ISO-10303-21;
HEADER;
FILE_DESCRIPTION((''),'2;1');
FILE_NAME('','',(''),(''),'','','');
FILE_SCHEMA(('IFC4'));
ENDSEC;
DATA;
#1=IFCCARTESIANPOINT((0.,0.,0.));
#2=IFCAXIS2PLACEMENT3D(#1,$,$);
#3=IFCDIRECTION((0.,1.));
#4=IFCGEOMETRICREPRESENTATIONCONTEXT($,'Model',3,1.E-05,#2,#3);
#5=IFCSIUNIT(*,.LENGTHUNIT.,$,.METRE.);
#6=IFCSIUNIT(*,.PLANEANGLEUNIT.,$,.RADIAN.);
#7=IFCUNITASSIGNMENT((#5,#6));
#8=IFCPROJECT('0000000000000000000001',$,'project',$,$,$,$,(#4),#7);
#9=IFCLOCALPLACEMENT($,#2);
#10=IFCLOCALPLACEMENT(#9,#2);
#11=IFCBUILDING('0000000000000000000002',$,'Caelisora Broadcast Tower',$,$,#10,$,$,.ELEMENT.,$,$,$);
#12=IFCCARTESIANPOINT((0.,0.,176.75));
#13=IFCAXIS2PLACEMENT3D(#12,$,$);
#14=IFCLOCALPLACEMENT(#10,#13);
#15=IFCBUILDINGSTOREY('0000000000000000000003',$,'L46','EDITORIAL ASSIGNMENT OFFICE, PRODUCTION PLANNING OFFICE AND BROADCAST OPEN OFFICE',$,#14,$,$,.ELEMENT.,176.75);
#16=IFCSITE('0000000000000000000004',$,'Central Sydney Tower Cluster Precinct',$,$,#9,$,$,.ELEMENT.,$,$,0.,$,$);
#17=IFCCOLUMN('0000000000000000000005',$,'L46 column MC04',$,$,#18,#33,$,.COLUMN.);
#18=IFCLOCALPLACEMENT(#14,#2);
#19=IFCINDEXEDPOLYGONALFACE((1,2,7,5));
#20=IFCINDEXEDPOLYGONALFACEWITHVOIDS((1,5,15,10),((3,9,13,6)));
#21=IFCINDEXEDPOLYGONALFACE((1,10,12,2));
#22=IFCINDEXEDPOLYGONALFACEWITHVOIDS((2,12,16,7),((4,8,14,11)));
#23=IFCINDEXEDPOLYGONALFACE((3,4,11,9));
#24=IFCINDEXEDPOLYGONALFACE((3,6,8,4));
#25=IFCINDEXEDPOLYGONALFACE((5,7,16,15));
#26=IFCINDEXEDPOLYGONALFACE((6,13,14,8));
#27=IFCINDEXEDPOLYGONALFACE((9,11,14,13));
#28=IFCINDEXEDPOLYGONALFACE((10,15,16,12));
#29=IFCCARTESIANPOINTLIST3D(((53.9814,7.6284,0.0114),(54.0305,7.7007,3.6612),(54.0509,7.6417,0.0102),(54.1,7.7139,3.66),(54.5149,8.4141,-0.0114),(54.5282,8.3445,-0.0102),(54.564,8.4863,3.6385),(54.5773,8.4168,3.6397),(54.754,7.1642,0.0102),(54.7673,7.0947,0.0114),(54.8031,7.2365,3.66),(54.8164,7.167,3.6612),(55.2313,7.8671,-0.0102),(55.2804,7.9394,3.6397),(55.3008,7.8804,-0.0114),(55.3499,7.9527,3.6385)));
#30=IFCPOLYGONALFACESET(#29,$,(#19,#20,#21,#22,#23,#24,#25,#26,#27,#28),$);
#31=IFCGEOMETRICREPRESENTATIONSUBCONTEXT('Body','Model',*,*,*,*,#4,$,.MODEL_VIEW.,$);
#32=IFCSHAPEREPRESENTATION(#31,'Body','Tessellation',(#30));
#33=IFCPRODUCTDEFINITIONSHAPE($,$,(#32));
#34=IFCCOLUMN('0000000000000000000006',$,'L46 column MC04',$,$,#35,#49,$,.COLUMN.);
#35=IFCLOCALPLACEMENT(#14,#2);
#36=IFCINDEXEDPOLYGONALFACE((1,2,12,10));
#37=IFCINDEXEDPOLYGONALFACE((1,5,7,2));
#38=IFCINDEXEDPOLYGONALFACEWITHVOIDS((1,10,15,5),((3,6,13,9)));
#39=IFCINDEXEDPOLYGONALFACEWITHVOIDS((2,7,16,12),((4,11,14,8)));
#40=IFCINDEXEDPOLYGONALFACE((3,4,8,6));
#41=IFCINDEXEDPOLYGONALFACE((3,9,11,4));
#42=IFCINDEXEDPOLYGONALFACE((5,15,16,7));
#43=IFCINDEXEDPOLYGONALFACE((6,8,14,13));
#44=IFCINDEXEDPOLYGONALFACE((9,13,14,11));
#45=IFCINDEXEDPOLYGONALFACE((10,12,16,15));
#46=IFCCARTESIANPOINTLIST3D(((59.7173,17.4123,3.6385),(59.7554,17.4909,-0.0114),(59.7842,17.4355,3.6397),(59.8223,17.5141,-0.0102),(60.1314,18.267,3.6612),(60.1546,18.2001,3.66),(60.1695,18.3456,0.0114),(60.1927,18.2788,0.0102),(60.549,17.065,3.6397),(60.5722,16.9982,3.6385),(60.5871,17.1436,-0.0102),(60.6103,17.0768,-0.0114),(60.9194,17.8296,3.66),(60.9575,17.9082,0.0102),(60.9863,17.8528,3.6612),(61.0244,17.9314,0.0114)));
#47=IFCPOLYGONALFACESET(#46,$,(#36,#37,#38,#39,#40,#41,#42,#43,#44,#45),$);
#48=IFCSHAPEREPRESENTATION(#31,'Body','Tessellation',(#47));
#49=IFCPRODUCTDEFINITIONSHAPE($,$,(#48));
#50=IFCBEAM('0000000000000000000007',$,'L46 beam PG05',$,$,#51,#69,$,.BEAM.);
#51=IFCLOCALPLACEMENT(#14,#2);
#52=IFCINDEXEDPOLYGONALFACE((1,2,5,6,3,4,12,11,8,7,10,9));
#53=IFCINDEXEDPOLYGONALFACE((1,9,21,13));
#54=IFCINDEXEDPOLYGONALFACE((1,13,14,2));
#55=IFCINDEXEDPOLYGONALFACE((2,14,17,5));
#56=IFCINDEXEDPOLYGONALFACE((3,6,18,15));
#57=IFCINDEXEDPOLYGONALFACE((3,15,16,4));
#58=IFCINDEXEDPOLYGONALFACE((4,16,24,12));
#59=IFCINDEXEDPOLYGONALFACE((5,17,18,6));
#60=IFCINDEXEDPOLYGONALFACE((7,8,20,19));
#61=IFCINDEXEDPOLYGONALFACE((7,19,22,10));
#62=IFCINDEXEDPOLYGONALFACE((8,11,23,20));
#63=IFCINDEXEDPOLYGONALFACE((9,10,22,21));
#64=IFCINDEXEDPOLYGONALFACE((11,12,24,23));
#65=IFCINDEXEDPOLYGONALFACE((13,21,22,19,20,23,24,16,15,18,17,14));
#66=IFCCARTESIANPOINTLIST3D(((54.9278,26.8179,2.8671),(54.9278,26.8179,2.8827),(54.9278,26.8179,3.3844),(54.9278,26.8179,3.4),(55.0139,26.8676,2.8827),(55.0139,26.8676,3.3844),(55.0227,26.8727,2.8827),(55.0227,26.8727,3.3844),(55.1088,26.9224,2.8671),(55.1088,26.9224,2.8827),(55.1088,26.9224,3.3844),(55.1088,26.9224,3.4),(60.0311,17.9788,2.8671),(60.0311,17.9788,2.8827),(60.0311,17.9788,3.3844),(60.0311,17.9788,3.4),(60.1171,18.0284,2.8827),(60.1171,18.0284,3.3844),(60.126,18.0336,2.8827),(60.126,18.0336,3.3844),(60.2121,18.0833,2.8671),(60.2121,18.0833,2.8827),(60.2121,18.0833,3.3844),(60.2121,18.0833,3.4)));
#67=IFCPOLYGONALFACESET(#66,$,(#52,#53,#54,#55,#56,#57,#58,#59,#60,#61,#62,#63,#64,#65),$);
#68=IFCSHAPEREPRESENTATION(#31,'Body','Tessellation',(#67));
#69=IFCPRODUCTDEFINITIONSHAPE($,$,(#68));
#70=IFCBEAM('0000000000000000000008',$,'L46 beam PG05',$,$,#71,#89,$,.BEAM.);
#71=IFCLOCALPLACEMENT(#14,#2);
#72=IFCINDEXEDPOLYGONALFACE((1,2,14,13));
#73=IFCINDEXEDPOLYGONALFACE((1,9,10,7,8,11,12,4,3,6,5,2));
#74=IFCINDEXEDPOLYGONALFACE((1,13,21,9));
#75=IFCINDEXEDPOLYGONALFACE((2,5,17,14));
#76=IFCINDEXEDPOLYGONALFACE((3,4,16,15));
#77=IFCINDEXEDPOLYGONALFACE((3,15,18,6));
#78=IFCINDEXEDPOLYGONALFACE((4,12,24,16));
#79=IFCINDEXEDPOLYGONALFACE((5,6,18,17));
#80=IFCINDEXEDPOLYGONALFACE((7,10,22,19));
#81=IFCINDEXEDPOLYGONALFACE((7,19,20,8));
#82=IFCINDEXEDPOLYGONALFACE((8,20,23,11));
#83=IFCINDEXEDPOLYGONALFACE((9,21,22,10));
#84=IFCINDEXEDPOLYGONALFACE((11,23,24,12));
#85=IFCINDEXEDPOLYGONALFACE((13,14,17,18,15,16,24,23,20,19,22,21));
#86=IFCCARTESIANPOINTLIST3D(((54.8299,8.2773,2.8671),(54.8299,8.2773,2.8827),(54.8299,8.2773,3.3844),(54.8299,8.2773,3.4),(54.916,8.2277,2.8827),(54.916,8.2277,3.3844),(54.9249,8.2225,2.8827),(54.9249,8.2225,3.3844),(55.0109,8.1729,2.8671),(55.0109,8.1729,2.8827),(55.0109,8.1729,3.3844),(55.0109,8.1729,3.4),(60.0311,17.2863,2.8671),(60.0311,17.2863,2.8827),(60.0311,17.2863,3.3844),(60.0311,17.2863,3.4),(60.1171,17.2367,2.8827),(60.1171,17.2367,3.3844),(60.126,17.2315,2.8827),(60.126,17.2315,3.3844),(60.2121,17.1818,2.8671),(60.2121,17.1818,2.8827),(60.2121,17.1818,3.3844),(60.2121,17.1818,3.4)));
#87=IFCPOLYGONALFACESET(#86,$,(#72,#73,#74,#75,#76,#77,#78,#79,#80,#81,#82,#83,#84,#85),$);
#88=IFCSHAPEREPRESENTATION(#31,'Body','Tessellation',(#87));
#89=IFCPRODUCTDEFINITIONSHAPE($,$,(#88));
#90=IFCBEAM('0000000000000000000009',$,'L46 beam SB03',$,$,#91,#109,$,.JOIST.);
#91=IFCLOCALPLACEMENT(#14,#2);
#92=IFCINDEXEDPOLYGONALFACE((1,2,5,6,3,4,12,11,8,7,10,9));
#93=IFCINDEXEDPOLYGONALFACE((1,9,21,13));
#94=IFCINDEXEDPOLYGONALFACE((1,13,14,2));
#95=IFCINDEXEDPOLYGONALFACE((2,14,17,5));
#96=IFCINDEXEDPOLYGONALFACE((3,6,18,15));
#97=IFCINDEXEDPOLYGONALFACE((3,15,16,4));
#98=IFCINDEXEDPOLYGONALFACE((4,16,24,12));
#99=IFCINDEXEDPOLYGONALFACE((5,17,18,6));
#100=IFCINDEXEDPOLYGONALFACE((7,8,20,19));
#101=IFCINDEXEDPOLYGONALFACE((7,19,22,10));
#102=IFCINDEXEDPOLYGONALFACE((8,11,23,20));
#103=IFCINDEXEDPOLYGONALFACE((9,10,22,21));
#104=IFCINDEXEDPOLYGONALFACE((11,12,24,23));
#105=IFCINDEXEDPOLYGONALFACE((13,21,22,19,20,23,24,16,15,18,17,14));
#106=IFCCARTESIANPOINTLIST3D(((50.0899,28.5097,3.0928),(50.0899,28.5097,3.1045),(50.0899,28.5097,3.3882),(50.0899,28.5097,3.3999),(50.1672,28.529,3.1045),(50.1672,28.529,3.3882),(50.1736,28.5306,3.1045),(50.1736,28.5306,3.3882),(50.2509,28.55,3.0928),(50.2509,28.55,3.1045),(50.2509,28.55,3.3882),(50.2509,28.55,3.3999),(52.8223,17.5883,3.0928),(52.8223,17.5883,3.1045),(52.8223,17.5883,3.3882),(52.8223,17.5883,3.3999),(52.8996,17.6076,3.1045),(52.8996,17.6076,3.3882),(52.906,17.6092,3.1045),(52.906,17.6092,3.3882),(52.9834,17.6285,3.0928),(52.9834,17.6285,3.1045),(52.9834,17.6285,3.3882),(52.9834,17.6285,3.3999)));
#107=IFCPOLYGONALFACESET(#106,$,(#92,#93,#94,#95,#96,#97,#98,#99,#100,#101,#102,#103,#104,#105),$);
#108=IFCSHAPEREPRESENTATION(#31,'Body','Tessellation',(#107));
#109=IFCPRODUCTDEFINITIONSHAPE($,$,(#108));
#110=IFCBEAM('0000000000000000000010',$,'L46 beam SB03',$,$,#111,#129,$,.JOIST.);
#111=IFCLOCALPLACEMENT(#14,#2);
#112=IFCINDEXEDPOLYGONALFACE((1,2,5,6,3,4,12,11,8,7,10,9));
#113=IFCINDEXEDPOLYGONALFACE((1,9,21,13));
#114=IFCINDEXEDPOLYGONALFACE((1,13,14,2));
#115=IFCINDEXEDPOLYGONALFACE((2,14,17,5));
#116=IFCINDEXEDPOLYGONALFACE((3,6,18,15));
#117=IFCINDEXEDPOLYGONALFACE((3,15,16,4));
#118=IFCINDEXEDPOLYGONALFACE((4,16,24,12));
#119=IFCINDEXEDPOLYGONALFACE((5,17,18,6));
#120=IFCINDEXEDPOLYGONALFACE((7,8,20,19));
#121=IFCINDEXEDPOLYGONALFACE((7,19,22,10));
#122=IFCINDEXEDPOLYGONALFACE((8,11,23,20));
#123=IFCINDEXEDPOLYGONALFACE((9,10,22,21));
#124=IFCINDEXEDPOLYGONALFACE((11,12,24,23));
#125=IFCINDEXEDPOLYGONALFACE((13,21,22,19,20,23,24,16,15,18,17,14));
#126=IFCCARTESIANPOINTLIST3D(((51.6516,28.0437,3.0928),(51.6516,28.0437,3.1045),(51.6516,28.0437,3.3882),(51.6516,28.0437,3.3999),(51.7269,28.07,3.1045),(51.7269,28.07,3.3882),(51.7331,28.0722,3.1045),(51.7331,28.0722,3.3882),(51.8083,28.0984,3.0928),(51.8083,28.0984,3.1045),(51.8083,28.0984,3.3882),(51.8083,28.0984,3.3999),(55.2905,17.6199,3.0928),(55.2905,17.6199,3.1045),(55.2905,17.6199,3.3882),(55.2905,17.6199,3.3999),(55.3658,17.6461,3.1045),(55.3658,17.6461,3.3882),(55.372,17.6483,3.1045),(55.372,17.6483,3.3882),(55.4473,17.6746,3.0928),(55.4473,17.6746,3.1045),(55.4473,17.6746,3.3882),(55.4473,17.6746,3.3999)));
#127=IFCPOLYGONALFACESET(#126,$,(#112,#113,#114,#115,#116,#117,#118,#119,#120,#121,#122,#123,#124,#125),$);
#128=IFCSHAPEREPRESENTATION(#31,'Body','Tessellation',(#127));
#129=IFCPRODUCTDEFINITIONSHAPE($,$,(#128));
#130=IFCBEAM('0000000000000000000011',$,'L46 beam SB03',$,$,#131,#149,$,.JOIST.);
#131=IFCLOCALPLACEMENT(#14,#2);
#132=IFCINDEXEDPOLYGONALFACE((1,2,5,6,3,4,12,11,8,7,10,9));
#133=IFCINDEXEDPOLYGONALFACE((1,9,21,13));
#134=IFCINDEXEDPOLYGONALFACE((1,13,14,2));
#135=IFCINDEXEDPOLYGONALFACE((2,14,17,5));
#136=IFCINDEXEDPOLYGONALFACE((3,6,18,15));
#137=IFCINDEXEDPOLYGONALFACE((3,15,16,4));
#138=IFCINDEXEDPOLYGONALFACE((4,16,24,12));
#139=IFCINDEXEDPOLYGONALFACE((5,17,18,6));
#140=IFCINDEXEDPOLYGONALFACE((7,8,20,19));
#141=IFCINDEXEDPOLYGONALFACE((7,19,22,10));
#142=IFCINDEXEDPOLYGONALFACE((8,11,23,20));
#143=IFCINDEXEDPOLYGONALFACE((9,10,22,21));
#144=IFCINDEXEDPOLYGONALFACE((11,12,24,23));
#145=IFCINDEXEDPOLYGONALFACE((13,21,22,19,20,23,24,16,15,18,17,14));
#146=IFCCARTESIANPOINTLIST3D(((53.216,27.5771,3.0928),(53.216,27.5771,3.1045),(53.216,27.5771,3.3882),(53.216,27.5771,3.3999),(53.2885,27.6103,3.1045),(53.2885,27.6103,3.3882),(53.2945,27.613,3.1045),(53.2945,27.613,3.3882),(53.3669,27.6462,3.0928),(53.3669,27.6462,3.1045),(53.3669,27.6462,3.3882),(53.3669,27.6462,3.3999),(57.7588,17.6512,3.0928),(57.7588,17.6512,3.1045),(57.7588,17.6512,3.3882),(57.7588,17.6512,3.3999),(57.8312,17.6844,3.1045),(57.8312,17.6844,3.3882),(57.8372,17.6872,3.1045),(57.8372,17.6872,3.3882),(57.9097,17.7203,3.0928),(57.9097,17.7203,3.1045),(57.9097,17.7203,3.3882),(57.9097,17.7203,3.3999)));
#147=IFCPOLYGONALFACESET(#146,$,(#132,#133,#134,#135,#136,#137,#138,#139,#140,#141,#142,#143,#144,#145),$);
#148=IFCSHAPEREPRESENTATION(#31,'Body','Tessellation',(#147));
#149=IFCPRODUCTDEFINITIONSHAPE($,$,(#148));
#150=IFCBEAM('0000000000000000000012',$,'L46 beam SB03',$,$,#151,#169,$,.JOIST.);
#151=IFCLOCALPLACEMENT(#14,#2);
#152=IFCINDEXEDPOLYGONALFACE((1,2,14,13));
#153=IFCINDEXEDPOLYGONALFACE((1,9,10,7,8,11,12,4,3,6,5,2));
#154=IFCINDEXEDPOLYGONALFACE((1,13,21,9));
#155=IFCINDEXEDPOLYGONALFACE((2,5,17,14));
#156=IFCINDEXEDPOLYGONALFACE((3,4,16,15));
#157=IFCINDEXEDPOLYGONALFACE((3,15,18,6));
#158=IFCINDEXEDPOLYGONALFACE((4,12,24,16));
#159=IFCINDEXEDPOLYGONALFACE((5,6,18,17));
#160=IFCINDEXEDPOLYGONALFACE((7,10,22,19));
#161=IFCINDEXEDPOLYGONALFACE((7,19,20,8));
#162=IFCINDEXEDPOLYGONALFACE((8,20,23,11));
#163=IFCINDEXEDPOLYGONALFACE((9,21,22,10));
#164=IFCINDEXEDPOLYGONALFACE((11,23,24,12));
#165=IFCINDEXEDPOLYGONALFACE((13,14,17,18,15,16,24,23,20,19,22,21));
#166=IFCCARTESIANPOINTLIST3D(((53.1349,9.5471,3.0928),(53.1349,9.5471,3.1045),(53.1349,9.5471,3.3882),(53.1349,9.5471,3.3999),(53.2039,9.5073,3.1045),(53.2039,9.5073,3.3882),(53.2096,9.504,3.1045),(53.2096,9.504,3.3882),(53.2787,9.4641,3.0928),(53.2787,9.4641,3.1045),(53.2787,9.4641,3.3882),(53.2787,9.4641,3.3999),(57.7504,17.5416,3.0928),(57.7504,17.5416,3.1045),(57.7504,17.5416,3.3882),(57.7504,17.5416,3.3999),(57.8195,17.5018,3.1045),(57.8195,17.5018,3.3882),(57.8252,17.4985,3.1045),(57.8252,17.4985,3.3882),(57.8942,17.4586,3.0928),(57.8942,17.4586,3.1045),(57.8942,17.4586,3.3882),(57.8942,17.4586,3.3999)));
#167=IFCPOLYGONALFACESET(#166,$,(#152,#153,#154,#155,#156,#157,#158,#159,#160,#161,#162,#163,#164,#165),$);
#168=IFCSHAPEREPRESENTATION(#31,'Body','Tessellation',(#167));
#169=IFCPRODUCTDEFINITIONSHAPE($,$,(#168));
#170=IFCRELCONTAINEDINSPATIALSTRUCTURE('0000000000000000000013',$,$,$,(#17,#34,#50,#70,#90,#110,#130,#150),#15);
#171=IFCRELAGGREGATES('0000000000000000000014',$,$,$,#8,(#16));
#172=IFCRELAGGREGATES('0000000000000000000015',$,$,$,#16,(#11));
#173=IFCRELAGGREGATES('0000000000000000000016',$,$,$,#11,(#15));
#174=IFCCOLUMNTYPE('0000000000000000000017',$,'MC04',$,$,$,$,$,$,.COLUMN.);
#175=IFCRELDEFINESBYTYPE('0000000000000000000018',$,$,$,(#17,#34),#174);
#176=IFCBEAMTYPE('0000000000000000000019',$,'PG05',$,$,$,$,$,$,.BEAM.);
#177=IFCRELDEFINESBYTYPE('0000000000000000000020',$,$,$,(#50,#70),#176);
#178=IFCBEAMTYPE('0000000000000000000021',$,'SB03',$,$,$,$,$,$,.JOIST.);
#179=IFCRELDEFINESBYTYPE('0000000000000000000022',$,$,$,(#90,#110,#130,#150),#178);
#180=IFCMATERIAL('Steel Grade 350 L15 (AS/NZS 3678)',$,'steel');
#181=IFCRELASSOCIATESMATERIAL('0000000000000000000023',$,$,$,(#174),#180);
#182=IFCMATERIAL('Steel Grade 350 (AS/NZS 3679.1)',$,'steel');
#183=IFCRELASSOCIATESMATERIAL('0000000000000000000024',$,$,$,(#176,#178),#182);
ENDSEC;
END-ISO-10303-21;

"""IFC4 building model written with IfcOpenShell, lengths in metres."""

from ifc_helpers import new_model, si_unit, direction, frame, origin, origin_2d, place, context, subcontext, project, spatial, hollow_rectangle, i_section, extrude, source, transform, mapped, material, material_profile, profile_set, type_object, type_shapes, element, save


model = new_model("IFC4")

# Units and contexts
model_context = context("Model", 3, precision=1e-05, world=origin(), true_north=direction((0.0, 1.0)))
body_context = subcontext(model_context, "Body", "Model", "MODEL_VIEW")
ifc_project = project(units=[si_unit("LENGTHUNIT", "METRE"), si_unit("PLANEANGLEUNIT", "RADIAN")], contexts=[model_context])

# Site, building, storey
site_placement = place(None, origin())
site = spatial("IfcSite", under=ifc_project, at=site_placement, Name="Central Sydney Tower Cluster Precinct", CompositionType="ELEMENT", RefElevation=0.0)
building_placement = place(site_placement, origin())
building = spatial("IfcBuilding", under=site, at=building_placement, Name="Caelisora Broadcast Tower", CompositionType="ELEMENT")
storey_placement = place(building_placement, frame((0.0, 0.0, 176.75)))
storey = spatial("IfcBuildingStorey", under=building, at=storey_placement, Name="L46", Description="EDITORIAL ASSIGNMENT OFFICE, PRODUCTION PLANNING OFFICE AND BROADCAST OPEN OFFICE", CompositionType="ELEMENT", Elevation=176.75)

# Columns
ifc_material_1 = material(Name="Steel Grade 350 L15 (AS/NZS 3678)", Category="steel")
ifc_material_profile_1 = material_profile(ifc_material_1, hollow_rectangle(XDim=0.95, YDim=0.95, WallThickness=0.05, at=origin_2d()), Name="Steel Grade 350 L15 (AS/NZS 3678)")
ifc_profile_set_1 = profile_set([ifc_material_profile_1], Name="Steel Grade 350 L15 (AS/NZS 3678)")
column_type = type_object("IfcColumnType", Name="MC04", PredefinedType="COLUMN", material=ifc_profile_set_1)
shared_shape_1 = source(origin(), body_context, "Body", "SweptSolid", [
    extrude(hollow_rectangle(XDim=0.95, YDim=0.95, WallThickness=0.05, at=origin_2d()), origin(), (0.0, 0.0, 1.0), 3.6509),
])
type_shapes(column_type, [shared_shape_1])
for number, where, z_axis, x_axis, name in (
    (1, (54.6411, 7.7544, 0.0), (0.013441, 0.019794, 0.999714), (-0.82729, 0.561775, 0.0), "L46 column MC04"),
    (2, (60.3899, 17.7112, 0.0), (-0.010432, -0.021532, 0.999714), (0.899947, -0.435999, 0.0), "L46 column MC04"),
):
    element("IfcColumn", number, at=place(storey_placement, frame(where, z_axis=z_axis, x_axis=x_axis)), inside=storey, type_object=column_type, Name=name, PredefinedType="COLUMN", context=body_context, shape_type="MappedRepresentation", body=[
        mapped(shared_shape_1, transform((0.0, 0.0, 0.0), scale=1.0)),
    ])

# Beams
ifc_material_2 = material(Name="Steel Grade 350 (AS/NZS 3679.1)", Category="steel")
ifc_material_profile_2 = material_profile(ifc_material_2, i_section(OverallWidth=0.209, OverallDepth=0.533, WebThickness=0.0103, FlangeThickness=0.0156, at=origin_2d()), Name="Steel Grade 350 (AS/NZS 3679.1)")
ifc_profile_set_2 = profile_set([ifc_material_profile_2], Name="Steel Grade 350 (AS/NZS 3679.1)")
beam_type_1 = type_object("IfcBeamType", Name="PG05", PredefinedType="BEAM", material=ifc_profile_set_2)
shared_shape_2 = source(origin(), body_context, "Body", "SweptSolid", [
    extrude(i_section(OverallWidth=0.209, OverallDepth=0.533, WebThickness=0.0103, FlangeThickness=0.0156, at=origin_2d()), origin(), (0.0, 0.0, 1.0), 10.2065),
])
beam_1_placement = place(storey_placement, frame((60.1216, 18.031, 3.1335), z_axis=(-0.500001, 0.866025, 0.0), x_axis=(-0.866025, -0.500001, 0.0)))
element("IfcBeam", 3, at=beam_1_placement, inside=storey, type_object=beam_type_1, Name="L46 beam PG05", PredefinedType="BEAM", context=body_context, shape_type="MappedRepresentation", body=[
    mapped(shared_shape_2, transform((0.0, 0.0, 0.0), scale=1.0)),
])
shared_shape_3 = source(origin(), body_context, "Body", "SweptSolid", [
    extrude(i_section(OverallWidth=0.209, OverallDepth=0.533, WebThickness=0.0103, FlangeThickness=0.0156, at=origin_2d()), origin(), (0.0, 0.0, 1.0), 10.4026),
])
type_shapes(beam_type_1, [shared_shape_2, shared_shape_3])
beam_2_placement = place(storey_placement, frame((54.9204, 8.2251, 3.1335), z_axis=(0.499986, 0.866034, 0.0), x_axis=(-0.866034, 0.499986, 0.0)))
element("IfcBeam", 4, at=beam_2_placement, inside=storey, type_object=beam_type_1, Name="L46 beam PG05", PredefinedType="BEAM", context=body_context, shape_type="MappedRepresentation", body=[
    mapped(shared_shape_3, transform((0.0, 0.0, 0.0), scale=1.0)),
])
ifc_material_profile_3 = material_profile(ifc_material_2, i_section(OverallWidth=0.166, OverallDepth=0.3071, WebThickness=0.0066, FlangeThickness=0.0117, at=origin_2d()), Name="Steel Grade 350 (AS/NZS 3679.1)")
ifc_profile_set_3 = profile_set([ifc_material_profile_3], Name="Steel Grade 350 (AS/NZS 3679.1)")
beam_type_2 = type_object("IfcBeamType", Name="SB03", PredefinedType="JOIST", material=ifc_profile_set_3)
shared_shape_4 = source(origin(), body_context, "Body", "SweptSolid", [
    extrude(i_section(OverallWidth=0.166, OverallDepth=0.3071, WebThickness=0.0066, FlangeThickness=0.0117, at=origin_2d()), origin(), (0.0, 0.0, 1.0), 11.2581),
])
beam_3_placement = place(storey_placement, frame((52.9028, 17.6084, 3.2463), z_axis=(-0.242709, 0.970099, 0.0), x_axis=(-0.970099, -0.242709, 0.0)))
element("IfcBeam", 5, at=beam_3_placement, inside=storey, type_object=beam_type_2, Name="L46 beam SB03", PredefinedType="JOIST", context=body_context, shape_type="MappedRepresentation", body=[
    mapped(shared_shape_4, transform((0.0, 0.0, 0.0), scale=1.0)),
])
shared_shape_5 = source(origin(), body_context, "Body", "SweptSolid", [
    extrude(i_section(OverallWidth=0.166, OverallDepth=0.3071, WebThickness=0.0066, FlangeThickness=0.0117, at=origin_2d()), origin(), (0.0, 0.0, 1.0), 11.0408),
])
beam_4_placement = place(storey_placement, frame((55.3689, 17.6472, 3.2463), z_axis=(-0.32959, 0.944124, 0.0), x_axis=(-0.944124, -0.32959, 0.0)))
element("IfcBeam", 6, at=beam_4_placement, inside=storey, type_object=beam_type_2, Name="L46 beam SB03", PredefinedType="JOIST", context=body_context, shape_type="MappedRepresentation", body=[
    mapped(shared_shape_5, transform((0.0, 0.0, 0.0), scale=1.0)),
])
shared_shape_6 = source(origin(), body_context, "Body", "SweptSolid", [
    extrude(i_section(OverallWidth=0.166, OverallDepth=0.3071, WebThickness=0.0066, FlangeThickness=0.0117, at=origin_2d()), origin(), (0.0, 0.0, 1.0), 10.916),
])
beam_5_placement = place(storey_placement, frame((57.8342, 17.6858, 3.2463), z_axis=(-0.416156, 0.909293, 0.0), x_axis=(-0.909293, -0.416156, 0.0)))
element("IfcBeam", 7, at=beam_5_placement, inside=storey, type_object=beam_type_2, Name="L46 beam SB03", PredefinedType="JOIST", context=body_context, shape_type="MappedRepresentation", body=[
    mapped(shared_shape_6, transform((0.0, 0.0, 0.0), scale=1.0)),
])
shared_shape_7 = source(origin(), body_context, "Body", "SweptSolid", [
    extrude(i_section(OverallWidth=0.166, OverallDepth=0.3071, WebThickness=0.0066, FlangeThickness=0.0117, at=origin_2d()), origin(), (0.0, 0.0, 1.0), 9.2312),
])
type_shapes(beam_type_2, [shared_shape_4, shared_shape_5, shared_shape_6, shared_shape_7])
beam_6_placement = place(storey_placement, frame((53.2068, 9.5056, 3.2463), z_axis=(0.499993, 0.866029, 0.0), x_axis=(-0.866029, 0.499993, 0.0)))
element("IfcBeam", 8, at=beam_6_placement, inside=storey, type_object=beam_type_2, Name="L46 beam SB03", PredefinedType="JOIST", context=body_context, shape_type="MappedRepresentation", body=[
    mapped(shared_shape_7, transform((0.0, 0.0, 0.0), scale=1.0)),
])

save(model, "model.ifc")
